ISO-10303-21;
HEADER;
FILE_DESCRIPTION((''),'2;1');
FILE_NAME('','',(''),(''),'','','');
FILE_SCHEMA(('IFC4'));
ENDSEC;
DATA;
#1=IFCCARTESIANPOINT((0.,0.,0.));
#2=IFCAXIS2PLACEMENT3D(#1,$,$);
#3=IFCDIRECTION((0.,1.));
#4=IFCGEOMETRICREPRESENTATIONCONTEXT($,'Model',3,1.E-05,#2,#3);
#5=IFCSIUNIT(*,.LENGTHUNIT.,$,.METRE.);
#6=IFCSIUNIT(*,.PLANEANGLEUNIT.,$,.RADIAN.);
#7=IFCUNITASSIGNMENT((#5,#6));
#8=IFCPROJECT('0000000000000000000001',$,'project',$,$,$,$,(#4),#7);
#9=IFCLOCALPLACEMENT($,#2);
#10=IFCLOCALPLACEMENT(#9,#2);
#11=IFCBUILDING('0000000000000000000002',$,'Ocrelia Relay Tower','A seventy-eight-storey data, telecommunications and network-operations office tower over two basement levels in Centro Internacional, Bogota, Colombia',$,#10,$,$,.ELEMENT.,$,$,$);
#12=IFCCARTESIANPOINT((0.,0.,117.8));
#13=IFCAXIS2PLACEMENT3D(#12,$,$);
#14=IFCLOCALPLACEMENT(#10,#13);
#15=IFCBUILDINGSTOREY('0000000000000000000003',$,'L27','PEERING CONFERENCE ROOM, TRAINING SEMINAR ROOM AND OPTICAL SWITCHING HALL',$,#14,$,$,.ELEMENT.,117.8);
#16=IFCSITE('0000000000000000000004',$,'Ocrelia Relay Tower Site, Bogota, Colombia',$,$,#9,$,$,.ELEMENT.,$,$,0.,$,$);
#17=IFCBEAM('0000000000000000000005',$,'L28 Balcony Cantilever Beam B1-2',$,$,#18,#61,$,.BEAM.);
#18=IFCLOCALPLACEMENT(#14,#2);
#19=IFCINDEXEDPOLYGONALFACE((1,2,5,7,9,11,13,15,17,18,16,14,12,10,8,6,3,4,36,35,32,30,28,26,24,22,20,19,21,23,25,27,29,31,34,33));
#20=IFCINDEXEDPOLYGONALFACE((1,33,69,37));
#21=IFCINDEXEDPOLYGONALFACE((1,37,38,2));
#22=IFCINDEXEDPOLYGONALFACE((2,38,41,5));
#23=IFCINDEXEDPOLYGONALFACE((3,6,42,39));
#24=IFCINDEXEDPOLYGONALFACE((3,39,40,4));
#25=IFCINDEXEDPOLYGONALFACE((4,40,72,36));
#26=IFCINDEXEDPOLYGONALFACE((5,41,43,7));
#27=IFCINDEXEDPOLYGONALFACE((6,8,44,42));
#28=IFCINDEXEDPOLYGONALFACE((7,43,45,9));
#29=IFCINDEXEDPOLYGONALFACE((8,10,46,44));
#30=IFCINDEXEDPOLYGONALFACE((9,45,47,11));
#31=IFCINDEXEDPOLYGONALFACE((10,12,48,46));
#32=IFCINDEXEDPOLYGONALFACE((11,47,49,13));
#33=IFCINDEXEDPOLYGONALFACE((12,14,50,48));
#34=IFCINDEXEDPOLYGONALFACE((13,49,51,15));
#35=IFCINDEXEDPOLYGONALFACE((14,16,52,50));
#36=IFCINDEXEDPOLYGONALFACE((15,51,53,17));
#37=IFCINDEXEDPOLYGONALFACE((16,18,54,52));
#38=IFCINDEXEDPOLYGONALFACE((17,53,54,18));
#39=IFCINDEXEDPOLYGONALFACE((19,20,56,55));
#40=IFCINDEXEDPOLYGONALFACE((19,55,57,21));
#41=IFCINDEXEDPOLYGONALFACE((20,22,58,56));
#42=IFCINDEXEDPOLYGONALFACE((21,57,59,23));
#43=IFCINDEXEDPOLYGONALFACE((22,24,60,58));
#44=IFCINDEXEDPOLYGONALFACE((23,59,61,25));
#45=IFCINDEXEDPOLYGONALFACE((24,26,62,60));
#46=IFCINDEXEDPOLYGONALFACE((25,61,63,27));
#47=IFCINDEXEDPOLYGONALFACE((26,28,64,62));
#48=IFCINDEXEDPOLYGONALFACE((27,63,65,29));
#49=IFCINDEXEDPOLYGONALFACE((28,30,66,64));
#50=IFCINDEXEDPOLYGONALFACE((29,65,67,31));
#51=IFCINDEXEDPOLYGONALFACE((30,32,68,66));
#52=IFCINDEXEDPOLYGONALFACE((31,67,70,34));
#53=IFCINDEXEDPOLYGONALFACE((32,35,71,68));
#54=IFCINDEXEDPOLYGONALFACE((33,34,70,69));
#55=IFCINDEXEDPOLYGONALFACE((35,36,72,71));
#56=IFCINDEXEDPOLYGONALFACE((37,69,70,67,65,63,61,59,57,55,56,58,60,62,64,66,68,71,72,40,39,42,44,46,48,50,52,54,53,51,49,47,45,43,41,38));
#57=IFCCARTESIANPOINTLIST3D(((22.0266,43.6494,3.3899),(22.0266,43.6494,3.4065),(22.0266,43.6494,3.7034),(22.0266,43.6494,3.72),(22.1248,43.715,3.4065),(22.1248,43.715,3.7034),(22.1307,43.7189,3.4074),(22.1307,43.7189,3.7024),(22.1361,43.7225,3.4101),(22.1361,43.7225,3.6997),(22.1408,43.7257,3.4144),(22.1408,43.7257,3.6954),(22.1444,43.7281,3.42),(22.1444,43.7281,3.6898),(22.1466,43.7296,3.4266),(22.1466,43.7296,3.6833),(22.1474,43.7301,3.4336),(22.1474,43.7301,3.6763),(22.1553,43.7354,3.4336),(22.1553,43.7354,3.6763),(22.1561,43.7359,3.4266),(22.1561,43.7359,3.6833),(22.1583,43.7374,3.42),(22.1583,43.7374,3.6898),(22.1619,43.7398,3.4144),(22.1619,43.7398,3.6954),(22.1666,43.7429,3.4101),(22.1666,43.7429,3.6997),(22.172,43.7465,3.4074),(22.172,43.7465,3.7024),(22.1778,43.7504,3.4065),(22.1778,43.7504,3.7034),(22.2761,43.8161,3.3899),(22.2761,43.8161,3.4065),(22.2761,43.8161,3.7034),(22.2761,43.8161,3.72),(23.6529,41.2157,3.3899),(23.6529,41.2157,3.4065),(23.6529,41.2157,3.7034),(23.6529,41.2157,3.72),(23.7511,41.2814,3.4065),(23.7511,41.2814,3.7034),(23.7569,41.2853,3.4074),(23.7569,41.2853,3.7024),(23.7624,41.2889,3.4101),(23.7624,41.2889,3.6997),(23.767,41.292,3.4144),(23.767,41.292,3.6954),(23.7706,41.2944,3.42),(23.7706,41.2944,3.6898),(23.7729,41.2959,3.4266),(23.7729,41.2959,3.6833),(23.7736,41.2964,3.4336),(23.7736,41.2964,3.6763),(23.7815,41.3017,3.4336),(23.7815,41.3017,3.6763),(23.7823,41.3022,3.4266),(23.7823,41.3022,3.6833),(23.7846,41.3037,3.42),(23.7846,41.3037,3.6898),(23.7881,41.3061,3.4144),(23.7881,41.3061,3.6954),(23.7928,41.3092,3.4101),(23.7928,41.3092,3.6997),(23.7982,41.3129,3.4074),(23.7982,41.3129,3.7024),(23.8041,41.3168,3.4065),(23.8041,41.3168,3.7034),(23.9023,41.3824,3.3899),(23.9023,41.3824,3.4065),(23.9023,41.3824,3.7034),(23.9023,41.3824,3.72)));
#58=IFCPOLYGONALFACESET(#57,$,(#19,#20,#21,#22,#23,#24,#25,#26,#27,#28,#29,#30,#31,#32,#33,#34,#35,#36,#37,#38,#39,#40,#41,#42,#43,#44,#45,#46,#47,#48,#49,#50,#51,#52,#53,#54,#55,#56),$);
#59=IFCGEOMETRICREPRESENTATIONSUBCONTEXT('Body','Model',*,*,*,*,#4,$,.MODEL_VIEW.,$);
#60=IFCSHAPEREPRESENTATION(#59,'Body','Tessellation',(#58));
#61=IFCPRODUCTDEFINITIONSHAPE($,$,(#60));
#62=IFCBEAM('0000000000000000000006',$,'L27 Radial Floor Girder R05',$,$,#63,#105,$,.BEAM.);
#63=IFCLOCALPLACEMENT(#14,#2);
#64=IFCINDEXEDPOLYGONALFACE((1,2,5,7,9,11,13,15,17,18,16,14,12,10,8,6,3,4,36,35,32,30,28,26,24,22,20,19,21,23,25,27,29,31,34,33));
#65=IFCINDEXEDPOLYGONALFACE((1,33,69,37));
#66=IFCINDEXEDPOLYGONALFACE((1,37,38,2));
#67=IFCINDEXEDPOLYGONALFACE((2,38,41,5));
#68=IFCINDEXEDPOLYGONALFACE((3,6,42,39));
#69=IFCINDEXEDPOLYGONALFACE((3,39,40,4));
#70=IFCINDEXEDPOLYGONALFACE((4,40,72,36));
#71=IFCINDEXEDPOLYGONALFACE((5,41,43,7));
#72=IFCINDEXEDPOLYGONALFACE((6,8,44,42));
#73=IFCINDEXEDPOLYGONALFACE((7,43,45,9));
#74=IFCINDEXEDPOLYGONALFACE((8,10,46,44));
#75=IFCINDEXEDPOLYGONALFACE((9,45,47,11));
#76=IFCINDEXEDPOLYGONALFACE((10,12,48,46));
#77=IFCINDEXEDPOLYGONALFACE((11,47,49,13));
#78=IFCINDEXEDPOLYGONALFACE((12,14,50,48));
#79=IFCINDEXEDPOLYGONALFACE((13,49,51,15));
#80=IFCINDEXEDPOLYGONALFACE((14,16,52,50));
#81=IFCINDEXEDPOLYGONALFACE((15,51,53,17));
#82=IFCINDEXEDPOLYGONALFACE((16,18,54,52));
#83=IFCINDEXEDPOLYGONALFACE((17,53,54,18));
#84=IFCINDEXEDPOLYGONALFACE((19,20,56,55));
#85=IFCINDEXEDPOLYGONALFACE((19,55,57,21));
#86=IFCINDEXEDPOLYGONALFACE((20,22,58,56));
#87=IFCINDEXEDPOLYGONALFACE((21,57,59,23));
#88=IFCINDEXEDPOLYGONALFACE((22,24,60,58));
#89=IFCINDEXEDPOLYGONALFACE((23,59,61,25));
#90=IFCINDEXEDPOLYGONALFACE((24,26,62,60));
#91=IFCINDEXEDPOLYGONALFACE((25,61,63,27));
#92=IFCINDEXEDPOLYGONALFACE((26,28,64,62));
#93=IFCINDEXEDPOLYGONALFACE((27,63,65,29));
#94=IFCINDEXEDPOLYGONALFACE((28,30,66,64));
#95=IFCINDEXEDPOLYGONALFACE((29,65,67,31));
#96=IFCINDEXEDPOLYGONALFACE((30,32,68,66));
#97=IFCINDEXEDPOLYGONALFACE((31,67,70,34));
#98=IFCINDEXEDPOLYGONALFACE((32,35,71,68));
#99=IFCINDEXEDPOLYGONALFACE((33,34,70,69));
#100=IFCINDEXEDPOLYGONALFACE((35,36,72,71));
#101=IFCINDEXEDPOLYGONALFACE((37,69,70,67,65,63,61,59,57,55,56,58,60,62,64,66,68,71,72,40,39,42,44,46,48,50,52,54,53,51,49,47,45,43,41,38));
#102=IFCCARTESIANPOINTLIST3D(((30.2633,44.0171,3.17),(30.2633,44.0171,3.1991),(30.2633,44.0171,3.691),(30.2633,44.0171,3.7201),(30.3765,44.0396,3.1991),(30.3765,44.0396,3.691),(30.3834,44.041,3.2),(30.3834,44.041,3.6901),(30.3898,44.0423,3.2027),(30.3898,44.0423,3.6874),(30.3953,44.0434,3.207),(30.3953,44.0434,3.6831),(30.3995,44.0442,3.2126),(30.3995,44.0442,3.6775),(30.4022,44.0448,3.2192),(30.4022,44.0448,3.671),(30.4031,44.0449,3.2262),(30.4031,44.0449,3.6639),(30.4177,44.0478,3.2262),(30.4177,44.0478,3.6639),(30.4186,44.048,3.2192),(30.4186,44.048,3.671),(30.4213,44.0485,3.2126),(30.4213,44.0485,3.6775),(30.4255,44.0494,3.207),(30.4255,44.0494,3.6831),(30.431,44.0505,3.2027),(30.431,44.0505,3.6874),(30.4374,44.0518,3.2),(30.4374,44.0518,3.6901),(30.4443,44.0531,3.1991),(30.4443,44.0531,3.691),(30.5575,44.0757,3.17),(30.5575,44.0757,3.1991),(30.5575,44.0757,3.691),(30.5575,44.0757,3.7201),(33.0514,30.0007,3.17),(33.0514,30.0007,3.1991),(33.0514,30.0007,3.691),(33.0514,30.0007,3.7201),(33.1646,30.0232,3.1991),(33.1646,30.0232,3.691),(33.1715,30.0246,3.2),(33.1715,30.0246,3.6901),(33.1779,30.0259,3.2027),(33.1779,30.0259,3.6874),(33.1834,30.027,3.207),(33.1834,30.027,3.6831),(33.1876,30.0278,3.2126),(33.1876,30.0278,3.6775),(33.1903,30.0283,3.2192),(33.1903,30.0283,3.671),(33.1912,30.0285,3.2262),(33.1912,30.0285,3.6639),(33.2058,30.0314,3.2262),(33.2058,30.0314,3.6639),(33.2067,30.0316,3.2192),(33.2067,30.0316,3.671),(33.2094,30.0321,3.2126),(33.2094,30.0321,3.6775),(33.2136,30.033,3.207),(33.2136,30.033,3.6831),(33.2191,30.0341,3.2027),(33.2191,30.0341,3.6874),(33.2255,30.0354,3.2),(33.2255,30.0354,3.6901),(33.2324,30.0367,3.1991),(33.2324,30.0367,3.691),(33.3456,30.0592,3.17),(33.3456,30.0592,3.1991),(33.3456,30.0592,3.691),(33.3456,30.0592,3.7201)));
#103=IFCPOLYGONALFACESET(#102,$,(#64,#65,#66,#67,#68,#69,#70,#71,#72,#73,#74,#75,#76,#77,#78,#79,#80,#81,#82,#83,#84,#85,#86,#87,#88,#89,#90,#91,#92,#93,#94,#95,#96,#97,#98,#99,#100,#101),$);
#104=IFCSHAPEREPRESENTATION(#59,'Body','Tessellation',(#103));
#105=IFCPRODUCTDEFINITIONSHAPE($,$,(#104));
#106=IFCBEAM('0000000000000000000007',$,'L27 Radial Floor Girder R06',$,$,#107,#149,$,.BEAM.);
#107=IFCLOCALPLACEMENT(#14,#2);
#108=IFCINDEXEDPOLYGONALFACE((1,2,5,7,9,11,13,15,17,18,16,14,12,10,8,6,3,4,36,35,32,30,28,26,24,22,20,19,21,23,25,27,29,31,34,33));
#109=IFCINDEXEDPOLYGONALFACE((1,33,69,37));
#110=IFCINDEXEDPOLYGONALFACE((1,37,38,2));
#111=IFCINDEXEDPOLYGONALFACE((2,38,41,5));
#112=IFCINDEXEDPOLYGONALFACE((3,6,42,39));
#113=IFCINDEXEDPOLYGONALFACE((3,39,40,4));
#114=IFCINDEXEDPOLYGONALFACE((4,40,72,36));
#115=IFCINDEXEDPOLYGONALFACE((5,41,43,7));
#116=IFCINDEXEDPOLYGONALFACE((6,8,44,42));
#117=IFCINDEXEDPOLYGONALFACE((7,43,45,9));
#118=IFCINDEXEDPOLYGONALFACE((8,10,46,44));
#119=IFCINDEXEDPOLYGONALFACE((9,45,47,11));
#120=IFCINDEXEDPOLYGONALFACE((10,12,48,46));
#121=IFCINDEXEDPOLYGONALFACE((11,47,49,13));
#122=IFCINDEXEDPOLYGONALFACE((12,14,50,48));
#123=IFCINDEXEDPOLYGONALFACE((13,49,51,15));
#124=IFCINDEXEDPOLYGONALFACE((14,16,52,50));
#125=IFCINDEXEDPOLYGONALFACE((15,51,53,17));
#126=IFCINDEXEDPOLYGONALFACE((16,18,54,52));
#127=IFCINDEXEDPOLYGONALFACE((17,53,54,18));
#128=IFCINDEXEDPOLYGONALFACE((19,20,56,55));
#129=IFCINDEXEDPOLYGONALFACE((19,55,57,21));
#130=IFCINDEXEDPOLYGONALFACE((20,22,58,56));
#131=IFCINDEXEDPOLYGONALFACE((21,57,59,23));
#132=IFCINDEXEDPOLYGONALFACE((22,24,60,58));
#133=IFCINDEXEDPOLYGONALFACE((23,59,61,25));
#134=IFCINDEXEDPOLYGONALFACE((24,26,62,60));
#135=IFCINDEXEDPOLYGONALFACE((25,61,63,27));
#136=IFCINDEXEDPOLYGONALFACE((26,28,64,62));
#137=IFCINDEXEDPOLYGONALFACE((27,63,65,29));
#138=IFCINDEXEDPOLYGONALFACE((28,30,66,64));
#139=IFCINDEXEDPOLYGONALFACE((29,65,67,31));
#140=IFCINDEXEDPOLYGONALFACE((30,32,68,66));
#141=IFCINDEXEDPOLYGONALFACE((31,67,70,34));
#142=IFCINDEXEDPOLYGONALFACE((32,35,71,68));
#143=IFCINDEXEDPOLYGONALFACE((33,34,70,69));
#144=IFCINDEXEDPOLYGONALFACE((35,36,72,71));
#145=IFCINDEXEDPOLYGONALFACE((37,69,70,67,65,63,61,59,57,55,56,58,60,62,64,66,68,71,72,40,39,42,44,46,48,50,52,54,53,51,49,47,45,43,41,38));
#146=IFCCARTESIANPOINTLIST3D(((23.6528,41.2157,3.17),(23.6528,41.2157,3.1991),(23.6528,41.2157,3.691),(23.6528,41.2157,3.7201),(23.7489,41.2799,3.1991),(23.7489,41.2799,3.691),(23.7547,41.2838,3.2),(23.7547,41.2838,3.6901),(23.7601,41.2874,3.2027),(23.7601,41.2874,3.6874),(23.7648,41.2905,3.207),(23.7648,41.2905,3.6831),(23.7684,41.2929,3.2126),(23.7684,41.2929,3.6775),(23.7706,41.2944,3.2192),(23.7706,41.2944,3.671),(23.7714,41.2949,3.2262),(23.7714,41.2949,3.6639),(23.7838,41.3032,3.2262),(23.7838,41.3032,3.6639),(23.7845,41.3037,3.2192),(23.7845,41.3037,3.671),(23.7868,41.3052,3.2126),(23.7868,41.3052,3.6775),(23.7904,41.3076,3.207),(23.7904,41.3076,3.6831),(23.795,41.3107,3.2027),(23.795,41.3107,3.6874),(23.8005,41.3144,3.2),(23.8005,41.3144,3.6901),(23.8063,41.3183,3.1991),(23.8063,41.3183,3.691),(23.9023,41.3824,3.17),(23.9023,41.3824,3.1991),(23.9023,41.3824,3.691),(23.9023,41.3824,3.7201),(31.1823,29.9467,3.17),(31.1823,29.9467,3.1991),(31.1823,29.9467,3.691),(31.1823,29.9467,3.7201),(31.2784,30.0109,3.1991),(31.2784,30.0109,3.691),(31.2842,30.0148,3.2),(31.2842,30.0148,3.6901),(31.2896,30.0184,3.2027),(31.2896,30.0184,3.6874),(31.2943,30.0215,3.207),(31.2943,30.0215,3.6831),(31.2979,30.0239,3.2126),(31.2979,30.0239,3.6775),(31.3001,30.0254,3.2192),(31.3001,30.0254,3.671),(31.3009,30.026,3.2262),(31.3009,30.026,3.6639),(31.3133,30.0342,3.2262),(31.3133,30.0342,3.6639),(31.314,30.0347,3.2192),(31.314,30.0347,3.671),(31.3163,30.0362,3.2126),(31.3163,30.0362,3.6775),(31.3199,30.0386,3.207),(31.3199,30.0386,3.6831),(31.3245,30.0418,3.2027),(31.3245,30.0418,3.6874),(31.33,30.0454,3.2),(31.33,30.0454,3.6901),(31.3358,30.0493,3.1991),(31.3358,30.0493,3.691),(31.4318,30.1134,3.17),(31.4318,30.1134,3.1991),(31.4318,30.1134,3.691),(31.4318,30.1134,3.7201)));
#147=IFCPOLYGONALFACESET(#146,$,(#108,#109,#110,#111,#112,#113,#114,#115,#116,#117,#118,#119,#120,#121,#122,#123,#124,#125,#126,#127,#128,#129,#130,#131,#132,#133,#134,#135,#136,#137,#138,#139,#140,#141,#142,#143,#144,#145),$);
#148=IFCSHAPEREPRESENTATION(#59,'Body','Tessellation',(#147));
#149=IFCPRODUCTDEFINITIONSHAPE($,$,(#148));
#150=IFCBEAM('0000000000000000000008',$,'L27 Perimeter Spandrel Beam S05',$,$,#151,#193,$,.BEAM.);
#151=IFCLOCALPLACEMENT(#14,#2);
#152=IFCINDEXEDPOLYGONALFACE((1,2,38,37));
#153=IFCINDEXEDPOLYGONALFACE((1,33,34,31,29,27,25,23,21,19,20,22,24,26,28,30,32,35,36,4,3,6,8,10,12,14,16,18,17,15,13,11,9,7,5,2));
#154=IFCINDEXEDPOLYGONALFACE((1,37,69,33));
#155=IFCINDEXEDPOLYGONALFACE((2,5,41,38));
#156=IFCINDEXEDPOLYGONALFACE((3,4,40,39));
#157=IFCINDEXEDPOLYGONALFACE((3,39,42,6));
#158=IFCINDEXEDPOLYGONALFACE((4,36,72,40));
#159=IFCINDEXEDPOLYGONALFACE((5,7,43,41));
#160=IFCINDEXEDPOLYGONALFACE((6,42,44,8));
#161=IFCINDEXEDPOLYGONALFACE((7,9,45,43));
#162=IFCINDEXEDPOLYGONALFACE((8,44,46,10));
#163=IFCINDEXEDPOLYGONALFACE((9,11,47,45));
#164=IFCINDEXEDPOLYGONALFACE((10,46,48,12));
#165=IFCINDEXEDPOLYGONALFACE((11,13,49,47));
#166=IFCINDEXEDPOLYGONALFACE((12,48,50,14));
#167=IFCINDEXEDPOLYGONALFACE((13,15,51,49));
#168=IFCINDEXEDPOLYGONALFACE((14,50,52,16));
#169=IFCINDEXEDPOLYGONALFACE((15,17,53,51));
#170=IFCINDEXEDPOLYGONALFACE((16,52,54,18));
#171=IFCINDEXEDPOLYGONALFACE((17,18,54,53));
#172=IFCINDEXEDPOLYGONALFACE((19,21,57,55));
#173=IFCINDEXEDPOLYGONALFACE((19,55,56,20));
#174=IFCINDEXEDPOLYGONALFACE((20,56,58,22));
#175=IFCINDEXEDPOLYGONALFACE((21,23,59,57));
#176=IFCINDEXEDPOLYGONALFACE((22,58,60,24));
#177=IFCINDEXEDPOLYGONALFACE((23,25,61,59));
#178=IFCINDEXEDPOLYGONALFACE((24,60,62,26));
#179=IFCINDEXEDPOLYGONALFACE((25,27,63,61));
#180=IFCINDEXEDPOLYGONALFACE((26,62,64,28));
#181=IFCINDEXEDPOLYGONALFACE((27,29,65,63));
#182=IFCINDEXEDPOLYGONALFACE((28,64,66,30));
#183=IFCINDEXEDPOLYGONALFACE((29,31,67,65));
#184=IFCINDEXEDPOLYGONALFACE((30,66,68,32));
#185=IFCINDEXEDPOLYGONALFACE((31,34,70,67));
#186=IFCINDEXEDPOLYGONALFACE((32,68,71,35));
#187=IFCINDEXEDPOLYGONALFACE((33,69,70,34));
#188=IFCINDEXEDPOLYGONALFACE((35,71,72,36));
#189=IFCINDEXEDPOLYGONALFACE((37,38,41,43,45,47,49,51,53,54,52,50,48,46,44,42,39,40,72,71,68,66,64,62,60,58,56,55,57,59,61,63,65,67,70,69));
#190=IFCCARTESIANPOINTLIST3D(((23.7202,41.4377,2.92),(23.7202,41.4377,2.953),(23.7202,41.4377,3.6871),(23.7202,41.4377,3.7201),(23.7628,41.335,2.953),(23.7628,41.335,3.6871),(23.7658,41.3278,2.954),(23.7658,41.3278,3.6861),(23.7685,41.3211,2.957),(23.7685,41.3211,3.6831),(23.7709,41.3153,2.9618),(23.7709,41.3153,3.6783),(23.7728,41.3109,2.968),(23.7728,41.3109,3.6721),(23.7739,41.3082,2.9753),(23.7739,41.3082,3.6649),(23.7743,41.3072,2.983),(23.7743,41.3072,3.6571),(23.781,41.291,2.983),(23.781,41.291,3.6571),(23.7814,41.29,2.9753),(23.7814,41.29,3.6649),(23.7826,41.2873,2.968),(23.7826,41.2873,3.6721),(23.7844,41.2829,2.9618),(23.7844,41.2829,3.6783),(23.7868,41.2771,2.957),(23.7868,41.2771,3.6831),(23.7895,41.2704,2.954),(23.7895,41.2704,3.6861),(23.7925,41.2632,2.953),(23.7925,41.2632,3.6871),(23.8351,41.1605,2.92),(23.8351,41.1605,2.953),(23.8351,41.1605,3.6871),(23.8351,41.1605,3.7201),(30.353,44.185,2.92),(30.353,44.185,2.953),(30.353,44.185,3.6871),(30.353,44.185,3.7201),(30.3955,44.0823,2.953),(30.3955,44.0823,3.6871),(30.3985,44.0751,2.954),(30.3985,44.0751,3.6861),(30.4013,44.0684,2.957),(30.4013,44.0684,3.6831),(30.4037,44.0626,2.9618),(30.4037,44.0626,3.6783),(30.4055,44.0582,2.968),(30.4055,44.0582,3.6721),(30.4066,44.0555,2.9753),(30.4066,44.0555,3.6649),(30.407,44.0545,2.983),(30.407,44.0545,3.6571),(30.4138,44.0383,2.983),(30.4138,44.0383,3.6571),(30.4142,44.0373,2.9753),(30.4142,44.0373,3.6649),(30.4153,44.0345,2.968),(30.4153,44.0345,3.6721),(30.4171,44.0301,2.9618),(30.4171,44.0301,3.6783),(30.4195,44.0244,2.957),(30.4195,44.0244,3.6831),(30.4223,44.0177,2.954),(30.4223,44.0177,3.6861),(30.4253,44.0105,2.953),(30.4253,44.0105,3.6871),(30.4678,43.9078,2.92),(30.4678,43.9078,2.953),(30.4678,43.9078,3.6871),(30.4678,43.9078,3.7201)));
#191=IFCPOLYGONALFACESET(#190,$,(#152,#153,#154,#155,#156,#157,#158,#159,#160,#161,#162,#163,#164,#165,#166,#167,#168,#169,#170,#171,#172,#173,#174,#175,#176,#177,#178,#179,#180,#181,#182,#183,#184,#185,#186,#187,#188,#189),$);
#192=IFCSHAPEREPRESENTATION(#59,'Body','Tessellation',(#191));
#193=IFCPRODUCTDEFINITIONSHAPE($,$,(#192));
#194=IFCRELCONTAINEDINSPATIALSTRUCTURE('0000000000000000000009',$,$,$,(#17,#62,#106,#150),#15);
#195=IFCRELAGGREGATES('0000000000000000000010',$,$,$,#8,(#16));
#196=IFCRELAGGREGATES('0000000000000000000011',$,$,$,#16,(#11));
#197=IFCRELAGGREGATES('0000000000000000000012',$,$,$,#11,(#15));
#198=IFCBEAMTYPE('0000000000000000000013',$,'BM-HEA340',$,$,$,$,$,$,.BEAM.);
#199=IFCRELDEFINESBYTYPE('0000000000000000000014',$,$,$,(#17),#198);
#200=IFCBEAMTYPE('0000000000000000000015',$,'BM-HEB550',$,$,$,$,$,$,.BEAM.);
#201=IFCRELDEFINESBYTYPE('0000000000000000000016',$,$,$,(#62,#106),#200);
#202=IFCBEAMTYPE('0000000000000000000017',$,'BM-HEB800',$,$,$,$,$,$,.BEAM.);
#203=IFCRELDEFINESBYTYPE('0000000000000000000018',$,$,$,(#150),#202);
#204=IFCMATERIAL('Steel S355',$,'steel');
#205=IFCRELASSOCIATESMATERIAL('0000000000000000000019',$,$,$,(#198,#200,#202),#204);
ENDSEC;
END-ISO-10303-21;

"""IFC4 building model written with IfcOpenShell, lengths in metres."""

from ifc_helpers import new_model, si_unit, direction, frame, origin, origin_2d, place, context, subcontext, project, spatial, i_section, extrude, material, material_profile, profile_set, type_object, element, save


model = new_model("IFC4")

# Units and contexts
model_context = context("Model", 3, precision=1e-05, world=origin(), true_north=direction((0.0, 1.0)))
body_context = subcontext(model_context, "Body", "Model", "MODEL_VIEW")
ifc_project = project(units=[si_unit("LENGTHUNIT", "METRE"), si_unit("PLANEANGLEUNIT", "RADIAN")], contexts=[model_context])

# Site, building, storey
site_placement = place(None, origin())
site = spatial("IfcSite", under=ifc_project, at=site_placement, Name="Ocrelia Relay Tower Site, Bogota, Colombia", CompositionType="ELEMENT", RefElevation=0.0)
building_placement = place(site_placement, origin())
building = spatial("IfcBuilding", under=site, at=building_placement, Name="Ocrelia Relay Tower", Description="A seventy-eight-storey data, telecommunications and network-operations office tower over two basement levels in Centro Internacional, Bogota, Colombia", CompositionType="ELEMENT")
storey_placement = place(building_placement, frame((0.0, 0.0, 117.8)))
storey = spatial("IfcBuildingStorey", under=building, at=storey_placement, Name="L27", Description="PEERING CONFERENCE ROOM, TRAINING SEMINAR ROOM AND OPTICAL SWITCHING HALL", CompositionType="ELEMENT", Elevation=117.8)

# Beams
ifc_material_1 = material(Name="Steel S355", Category="steel")
ifc_material_profile_1 = material_profile(ifc_material_1, i_section(OverallWidth=0.3, OverallDepth=0.3301, WebThickness=0.0095, FlangeThickness=0.0166, FilletRadius=0.0271, at=origin_2d()), Name="HEA 340")
ifc_profile_set_1 = profile_set([ifc_material_profile_1], Name="Steel S355")
beam_type_1 = type_object("IfcBeamType", Name="BM-HEA340", PredefinedType="BEAM", material=ifc_profile_set_1)
beam_1_placement = place(storey_placement, frame((23.7776, 41.2991, 3.5549), z_axis=(-0.555605, 0.831447, 0.0), x_axis=(-0.831447, -0.555605, 0.0)))
element("IfcBeam", 1, at=beam_1_placement, inside=storey, type_object=beam_type_1, Name="L28 Balcony Cantilever Beam B1-2", PredefinedType="BEAM", context=body_context, shape_type="SweptSolid", body=[
    extrude(i_section(OverallWidth=0.3, OverallDepth=0.3301, WebThickness=0.0095, FlangeThickness=0.0166, FilletRadius=0.0271, at=origin_2d()), origin(), (0.0, 0.0, 1.0), 2.927),
])
ifc_material_profile_2 = material_profile(ifc_material_1, i_section(OverallWidth=0.3, OverallDepth=0.55, WebThickness=0.0149, FlangeThickness=0.0291, FilletRadius=0.0271, at=origin_2d()), Name="HEB 550")
ifc_profile_set_2 = profile_set([ifc_material_profile_2], Name="Steel S355")
beam_type_2 = type_object("IfcBeamType", Name="BM-HEB550", PredefinedType="BEAM", material=ifc_profile_set_2)
beam_2_placement = place(storey_placement, frame((30.4104, 44.0464, 3.4451), z_axis=(0.195094, -0.980784, 0.0), x_axis=(0.980784, 0.195094, 0.0)))
element("IfcBeam", 2, at=beam_2_placement, inside=storey, type_object=beam_type_2, Name="L27 Radial Floor Girder R05", PredefinedType="BEAM", context=body_context, shape_type="SweptSolid", body=[
    extrude(i_section(OverallWidth=0.3, OverallDepth=0.55, WebThickness=0.0149, FlangeThickness=0.0291, FilletRadius=0.0271, at=origin_2d()), origin(), (0.0, 0.0, 1.0), 14.291),
])
beam_3_placement = place(storey_placement, frame((23.7776, 41.2991, 3.4451), z_axis=(0.55556, -0.831476, 0.0), x_axis=(0.831476, 0.55556, 0.0)))
element("IfcBeam", 3, at=beam_3_placement, inside=storey, type_object=beam_type_2, Name="L27 Radial Floor Girder R06", PredefinedType="BEAM", context=body_context, shape_type="SweptSolid", body=[
    extrude(i_section(OverallWidth=0.3, OverallDepth=0.55, WebThickness=0.0149, FlangeThickness=0.0291, FilletRadius=0.0271, at=origin_2d()), origin(), (0.0, 0.0, 1.0), 13.553),
])
ifc_material_profile_3 = material_profile(ifc_material_1, i_section(OverallWidth=0.3, OverallDepth=0.8, WebThickness=0.0176, FlangeThickness=0.033, FilletRadius=0.03, at=origin_2d()), Name="HEB 800")
ifc_profile_set_3 = profile_set([ifc_material_profile_3], Name="Steel S355")
beam_type_3 = type_object("IfcBeamType", Name="BM-HEB800", PredefinedType="BEAM", material=ifc_profile_set_3)
beam_4_placement = place(storey_placement, frame((30.4104, 44.0464, 3.3201), z_axis=(-0.923884, -0.382673, 0.0), x_axis=(0.382673, -0.923884, 0.0)))
element("IfcBeam", 4, at=beam_4_placement, inside=storey, type_object=beam_type_3, Name="L27 Perimeter Spandrel Beam S05", PredefinedType="BEAM", context=body_context, shape_type="SweptSolid", body=[
    extrude(i_section(OverallWidth=0.3, OverallDepth=0.8, WebThickness=0.0176, FlangeThickness=0.033, FilletRadius=0.03, at=origin_2d()), origin(), (0.0, 0.0, 1.0), 7.1792),
])

save(model, "model.ifc")
